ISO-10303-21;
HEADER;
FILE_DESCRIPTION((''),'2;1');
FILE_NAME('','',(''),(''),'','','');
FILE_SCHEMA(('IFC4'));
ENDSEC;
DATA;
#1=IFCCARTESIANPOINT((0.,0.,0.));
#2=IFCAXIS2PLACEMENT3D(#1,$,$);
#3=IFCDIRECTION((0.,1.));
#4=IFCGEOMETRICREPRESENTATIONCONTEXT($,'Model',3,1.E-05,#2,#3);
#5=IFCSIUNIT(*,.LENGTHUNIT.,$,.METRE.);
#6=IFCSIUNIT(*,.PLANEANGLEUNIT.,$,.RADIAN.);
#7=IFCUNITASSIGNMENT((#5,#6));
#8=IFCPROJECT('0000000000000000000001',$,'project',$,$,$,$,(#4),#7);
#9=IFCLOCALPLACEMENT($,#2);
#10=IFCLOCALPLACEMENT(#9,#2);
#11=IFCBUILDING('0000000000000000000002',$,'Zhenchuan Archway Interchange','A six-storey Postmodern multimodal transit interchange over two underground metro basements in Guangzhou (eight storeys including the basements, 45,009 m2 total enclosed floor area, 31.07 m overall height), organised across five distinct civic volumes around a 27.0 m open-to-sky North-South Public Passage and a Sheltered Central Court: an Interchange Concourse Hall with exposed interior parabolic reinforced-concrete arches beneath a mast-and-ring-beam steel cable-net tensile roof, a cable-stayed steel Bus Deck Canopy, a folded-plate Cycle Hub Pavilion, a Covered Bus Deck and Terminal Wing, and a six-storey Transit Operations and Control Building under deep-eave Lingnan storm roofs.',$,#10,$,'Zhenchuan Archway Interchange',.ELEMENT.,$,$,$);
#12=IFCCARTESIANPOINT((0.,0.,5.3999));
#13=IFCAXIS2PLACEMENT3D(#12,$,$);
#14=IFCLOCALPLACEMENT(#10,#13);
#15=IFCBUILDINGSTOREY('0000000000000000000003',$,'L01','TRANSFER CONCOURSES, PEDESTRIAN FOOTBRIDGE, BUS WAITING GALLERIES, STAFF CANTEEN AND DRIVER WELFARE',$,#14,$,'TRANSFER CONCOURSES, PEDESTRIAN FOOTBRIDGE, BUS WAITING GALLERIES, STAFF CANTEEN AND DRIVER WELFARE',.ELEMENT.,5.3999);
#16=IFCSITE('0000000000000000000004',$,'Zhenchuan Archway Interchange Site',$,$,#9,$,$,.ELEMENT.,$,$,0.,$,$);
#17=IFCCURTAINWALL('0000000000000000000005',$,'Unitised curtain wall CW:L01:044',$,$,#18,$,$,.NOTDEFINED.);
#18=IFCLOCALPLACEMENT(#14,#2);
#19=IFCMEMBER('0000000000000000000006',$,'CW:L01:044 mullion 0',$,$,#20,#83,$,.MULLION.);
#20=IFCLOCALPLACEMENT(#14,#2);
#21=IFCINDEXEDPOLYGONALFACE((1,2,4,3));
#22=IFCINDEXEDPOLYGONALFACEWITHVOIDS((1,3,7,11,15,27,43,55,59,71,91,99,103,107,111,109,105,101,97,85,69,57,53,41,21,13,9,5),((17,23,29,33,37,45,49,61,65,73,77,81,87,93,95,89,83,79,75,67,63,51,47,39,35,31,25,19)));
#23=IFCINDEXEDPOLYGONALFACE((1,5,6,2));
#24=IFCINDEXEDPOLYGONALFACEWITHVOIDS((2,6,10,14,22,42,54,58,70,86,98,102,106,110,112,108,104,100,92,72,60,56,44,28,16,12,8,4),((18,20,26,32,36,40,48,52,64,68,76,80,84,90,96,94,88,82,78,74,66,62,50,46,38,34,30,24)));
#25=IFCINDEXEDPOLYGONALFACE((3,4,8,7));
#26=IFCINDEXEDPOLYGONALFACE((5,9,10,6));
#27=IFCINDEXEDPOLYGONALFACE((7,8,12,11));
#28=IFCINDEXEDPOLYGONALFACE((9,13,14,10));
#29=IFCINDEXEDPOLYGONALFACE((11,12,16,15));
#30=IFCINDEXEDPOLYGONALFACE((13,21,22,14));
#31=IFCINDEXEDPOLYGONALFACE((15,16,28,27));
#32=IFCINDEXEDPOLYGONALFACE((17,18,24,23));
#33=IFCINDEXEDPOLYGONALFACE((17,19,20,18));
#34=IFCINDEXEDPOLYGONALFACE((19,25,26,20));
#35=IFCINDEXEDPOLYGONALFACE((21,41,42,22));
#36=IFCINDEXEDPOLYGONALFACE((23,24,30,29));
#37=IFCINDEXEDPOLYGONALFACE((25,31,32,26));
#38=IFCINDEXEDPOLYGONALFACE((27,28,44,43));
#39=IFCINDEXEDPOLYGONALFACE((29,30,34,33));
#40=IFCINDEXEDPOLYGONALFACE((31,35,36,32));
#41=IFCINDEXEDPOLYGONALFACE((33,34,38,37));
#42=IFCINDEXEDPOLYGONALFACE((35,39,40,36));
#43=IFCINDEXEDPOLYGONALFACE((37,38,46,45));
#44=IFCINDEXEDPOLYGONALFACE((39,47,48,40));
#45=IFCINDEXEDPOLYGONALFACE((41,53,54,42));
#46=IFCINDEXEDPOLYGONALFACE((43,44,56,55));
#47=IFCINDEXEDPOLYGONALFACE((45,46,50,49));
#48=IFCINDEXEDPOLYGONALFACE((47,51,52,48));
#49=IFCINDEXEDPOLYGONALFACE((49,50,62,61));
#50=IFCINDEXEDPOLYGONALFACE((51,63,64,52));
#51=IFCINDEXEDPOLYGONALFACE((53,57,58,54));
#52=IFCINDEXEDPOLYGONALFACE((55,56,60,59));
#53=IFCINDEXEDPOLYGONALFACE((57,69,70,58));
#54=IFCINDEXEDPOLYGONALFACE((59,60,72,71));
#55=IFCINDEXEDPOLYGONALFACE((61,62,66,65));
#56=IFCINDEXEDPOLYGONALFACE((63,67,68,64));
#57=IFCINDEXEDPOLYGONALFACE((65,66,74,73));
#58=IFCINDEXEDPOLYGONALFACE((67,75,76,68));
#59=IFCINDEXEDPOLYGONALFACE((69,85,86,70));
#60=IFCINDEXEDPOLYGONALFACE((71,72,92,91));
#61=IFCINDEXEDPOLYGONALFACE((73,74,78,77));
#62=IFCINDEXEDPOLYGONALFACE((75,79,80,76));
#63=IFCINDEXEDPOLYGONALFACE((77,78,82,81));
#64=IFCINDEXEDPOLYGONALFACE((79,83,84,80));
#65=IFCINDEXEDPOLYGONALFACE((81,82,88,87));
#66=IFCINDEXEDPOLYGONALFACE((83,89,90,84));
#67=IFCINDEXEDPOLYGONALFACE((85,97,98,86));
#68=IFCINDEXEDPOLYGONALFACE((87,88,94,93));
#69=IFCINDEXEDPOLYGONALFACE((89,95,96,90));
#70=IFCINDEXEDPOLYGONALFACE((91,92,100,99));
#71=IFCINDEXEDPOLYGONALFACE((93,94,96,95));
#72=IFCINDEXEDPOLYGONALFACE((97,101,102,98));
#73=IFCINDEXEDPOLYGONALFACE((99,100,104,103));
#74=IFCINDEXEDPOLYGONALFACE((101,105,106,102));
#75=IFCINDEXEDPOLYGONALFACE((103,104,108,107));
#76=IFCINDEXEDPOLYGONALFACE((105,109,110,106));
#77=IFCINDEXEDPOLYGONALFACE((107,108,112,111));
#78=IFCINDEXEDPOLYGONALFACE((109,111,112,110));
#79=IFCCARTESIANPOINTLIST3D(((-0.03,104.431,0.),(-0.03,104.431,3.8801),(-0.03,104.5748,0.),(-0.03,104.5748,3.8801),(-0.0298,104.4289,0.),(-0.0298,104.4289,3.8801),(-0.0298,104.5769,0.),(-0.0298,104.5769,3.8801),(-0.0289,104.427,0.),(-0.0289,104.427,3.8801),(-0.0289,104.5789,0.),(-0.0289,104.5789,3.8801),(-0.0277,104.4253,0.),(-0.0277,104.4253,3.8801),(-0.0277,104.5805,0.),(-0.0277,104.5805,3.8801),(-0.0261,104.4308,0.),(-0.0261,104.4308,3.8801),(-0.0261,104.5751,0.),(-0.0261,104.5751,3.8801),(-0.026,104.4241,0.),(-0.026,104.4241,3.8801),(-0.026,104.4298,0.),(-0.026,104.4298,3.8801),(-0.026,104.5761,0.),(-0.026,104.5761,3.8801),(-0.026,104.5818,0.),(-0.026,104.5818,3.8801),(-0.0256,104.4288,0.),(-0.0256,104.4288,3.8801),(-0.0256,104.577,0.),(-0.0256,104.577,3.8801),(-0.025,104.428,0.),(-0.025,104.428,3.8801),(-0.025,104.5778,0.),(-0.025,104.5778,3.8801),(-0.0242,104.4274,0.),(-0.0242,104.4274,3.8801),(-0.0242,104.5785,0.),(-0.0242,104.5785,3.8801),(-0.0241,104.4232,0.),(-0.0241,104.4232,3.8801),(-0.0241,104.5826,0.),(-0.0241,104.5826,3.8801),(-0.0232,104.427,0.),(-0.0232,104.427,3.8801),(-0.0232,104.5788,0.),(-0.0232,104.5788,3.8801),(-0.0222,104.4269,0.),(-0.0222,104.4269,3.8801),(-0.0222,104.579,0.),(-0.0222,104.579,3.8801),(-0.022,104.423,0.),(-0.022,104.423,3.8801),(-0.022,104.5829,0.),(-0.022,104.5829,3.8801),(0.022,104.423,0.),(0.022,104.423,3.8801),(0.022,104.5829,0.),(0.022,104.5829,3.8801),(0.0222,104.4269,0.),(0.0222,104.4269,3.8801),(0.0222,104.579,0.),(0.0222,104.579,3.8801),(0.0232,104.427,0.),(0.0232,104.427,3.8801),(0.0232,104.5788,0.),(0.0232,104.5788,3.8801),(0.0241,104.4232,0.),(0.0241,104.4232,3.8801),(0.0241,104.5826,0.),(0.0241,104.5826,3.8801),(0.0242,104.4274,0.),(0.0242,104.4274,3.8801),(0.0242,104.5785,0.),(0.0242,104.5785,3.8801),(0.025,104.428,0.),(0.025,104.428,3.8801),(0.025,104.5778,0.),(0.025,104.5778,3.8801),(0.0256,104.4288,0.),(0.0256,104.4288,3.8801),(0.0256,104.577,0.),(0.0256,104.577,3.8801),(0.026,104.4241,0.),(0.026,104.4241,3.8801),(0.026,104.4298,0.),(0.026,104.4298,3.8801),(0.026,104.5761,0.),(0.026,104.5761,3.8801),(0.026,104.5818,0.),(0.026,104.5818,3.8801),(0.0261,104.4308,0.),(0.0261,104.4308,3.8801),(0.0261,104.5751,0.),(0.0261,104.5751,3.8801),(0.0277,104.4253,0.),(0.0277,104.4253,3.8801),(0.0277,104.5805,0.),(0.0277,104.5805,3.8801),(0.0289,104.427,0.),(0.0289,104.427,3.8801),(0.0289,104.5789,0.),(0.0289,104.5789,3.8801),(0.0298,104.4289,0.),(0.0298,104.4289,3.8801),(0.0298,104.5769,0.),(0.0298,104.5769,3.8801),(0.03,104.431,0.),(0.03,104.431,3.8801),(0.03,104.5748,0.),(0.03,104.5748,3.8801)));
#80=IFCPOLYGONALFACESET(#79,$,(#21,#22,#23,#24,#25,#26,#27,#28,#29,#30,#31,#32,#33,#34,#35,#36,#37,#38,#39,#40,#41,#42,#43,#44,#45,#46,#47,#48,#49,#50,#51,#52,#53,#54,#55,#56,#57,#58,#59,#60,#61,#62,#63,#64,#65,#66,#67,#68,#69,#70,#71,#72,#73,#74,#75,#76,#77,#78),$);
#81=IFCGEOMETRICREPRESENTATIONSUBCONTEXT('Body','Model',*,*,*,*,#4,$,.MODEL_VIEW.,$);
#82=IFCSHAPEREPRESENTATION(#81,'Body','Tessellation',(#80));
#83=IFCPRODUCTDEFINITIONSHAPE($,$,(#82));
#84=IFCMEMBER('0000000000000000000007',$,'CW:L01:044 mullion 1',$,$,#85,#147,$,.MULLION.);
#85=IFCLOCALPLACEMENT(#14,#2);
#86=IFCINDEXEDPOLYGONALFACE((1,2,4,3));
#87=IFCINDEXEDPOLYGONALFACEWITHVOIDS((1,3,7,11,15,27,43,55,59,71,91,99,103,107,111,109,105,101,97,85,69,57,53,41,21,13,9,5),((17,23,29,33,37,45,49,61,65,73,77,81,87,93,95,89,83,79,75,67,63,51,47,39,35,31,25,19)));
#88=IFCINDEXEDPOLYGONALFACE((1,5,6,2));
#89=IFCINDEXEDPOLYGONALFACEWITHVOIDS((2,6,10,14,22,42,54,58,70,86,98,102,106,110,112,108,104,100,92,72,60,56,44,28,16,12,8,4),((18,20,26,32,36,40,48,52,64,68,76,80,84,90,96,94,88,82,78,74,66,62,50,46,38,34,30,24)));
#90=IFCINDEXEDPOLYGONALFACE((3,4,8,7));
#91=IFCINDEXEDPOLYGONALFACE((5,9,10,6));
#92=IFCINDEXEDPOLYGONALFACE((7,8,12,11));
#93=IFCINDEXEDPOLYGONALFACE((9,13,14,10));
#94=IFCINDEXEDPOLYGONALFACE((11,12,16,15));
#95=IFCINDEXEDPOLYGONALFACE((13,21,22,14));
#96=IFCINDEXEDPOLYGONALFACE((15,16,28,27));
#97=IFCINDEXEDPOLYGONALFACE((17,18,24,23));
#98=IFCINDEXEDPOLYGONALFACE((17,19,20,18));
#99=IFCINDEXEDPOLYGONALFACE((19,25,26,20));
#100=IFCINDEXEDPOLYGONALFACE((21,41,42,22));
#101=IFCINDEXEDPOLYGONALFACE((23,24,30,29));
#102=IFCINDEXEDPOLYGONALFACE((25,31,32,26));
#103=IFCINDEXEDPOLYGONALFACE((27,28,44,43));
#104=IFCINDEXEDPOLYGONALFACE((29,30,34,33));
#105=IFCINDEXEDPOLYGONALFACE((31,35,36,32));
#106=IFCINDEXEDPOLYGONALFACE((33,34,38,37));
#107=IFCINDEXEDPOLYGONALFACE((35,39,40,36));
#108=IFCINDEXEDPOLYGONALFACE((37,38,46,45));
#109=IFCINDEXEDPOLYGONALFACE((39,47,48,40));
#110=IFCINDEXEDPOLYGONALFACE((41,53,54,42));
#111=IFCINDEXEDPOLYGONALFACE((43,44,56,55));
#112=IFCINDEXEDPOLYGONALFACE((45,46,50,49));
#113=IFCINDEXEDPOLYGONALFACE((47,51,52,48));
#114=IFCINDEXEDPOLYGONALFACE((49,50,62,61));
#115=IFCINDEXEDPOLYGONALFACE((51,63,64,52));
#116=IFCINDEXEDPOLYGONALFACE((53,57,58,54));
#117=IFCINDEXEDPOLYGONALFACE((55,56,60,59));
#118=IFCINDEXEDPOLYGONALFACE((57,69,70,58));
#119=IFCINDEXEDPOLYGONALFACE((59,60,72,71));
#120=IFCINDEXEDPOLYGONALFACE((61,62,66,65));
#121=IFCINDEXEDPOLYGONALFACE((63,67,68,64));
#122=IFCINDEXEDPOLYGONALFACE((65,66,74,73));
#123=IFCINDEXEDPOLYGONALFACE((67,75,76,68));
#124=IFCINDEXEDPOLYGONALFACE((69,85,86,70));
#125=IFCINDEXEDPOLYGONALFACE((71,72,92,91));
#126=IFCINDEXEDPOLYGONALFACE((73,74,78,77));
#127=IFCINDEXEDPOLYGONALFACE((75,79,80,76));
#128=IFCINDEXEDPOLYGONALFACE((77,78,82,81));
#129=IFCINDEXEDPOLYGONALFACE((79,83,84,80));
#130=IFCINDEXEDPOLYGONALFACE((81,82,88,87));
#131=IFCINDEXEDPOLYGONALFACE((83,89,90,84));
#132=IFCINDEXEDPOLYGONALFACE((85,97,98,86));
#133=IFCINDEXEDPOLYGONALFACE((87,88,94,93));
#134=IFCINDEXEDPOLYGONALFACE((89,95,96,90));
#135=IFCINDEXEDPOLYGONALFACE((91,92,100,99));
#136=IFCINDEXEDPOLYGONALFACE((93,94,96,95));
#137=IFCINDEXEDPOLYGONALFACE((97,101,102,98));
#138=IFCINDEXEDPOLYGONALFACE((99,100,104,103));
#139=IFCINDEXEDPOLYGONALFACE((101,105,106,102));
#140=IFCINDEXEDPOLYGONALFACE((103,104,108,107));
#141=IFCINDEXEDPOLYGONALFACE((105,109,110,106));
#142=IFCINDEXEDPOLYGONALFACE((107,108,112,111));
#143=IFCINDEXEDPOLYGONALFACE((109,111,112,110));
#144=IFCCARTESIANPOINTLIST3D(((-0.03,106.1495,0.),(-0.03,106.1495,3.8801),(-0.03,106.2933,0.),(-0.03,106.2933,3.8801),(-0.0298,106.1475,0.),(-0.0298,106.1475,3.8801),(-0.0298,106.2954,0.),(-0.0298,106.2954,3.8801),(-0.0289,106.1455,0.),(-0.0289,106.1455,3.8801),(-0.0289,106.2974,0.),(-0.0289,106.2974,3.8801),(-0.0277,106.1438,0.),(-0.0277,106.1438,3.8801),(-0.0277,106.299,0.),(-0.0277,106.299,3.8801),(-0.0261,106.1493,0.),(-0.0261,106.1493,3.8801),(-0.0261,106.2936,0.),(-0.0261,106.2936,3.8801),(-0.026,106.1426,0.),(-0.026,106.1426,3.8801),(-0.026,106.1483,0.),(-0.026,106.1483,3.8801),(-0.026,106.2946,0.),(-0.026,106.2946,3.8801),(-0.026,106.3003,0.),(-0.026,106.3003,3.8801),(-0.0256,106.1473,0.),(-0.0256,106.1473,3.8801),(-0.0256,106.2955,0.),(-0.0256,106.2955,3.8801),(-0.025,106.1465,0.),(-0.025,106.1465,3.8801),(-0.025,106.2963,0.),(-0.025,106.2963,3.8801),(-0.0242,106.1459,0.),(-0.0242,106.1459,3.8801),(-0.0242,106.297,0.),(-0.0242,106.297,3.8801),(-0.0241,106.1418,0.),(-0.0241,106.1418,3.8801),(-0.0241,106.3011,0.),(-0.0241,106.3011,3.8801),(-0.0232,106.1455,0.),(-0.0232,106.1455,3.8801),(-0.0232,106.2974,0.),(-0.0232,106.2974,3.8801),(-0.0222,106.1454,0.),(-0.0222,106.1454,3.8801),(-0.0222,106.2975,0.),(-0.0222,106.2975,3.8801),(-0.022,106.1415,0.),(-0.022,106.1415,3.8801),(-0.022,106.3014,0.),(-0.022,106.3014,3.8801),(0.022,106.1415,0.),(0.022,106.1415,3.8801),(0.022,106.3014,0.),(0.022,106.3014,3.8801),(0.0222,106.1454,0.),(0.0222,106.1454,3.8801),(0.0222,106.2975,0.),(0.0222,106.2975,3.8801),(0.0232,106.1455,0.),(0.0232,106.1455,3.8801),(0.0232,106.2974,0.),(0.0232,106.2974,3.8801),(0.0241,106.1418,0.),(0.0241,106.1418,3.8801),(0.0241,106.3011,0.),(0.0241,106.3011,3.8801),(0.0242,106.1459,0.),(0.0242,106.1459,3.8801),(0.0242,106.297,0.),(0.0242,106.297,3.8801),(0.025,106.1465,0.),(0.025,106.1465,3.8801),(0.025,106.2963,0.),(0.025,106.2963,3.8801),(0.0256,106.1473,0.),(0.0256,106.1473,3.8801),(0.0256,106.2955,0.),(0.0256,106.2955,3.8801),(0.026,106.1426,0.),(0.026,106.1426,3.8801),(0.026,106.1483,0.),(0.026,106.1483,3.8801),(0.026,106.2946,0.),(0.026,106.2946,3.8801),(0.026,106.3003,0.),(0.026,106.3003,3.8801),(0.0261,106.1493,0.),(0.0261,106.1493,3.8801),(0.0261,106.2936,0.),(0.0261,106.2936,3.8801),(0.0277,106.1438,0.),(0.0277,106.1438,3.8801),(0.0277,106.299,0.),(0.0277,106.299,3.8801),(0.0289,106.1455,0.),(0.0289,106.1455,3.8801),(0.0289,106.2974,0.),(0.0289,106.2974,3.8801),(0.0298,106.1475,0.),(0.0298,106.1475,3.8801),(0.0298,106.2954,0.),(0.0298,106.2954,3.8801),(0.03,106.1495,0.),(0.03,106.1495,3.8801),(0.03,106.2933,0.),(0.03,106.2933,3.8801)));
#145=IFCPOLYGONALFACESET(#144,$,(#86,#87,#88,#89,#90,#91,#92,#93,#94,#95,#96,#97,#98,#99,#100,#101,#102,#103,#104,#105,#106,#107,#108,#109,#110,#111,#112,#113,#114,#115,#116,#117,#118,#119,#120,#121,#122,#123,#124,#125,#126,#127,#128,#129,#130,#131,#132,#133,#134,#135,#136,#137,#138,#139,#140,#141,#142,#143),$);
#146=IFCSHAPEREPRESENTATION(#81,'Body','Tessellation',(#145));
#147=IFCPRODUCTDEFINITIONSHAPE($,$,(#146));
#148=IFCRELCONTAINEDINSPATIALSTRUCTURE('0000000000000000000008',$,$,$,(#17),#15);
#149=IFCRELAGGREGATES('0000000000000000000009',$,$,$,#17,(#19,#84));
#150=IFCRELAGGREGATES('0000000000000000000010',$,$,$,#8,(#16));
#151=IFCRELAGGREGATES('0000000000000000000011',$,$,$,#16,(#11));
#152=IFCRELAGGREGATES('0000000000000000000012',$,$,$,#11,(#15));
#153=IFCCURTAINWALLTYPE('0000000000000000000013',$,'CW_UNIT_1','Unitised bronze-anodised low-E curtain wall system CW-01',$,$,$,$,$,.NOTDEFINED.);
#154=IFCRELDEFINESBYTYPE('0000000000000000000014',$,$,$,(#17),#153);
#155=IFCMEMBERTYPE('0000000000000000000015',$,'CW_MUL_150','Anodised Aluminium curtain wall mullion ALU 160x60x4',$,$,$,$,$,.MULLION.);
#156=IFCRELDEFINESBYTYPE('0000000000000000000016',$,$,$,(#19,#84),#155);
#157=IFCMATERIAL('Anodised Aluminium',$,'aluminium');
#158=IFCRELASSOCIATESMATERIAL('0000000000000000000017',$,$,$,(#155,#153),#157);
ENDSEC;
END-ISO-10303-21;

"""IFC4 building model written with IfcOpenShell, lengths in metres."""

from ifc_helpers import new_model, si_unit, direction, frame, origin, origin_2d, place, context, subcontext, project, spatial, hollow_rectangle, extrude, material, material_profile, profile_set, type_object, element, aggregate, save


model = new_model("IFC4")

# Units and contexts
model_context = context("Model", 3, precision=1e-05, world=origin(), true_north=direction((0.0, 1.0)))
body_context = subcontext(model_context, "Body", "Model", "MODEL_VIEW")
ifc_project = project(units=[si_unit("LENGTHUNIT", "METRE"), si_unit("PLANEANGLEUNIT", "RADIAN")], contexts=[model_context])

# Site, building, storey
site_placement = place(None, origin())
site = spatial("IfcSite", under=ifc_project, at=site_placement, Name="Zhenchuan Archway Interchange Site", CompositionType="ELEMENT", RefElevation=0.0)
building_placement = place(site_placement, origin())
building = spatial("IfcBuilding", under=site, at=building_placement, Name="Zhenchuan Archway Interchange", Description="A six-storey Postmodern multimodal transit interchange over two underground metro basements in Guangzhou (eight storeys including the basements, 45,009 m2 total enclosed floor area, 31.07 m overall height), organised across five distinct civic volumes around a 27.0 m open-to-sky North-South Public Passage and a Sheltered Central Court: an Interchange Concourse Hall with exposed interior parabolic reinforced-concrete arches beneath a mast-and-ring-beam steel cable-net tensile roof, a cable-stayed steel Bus Deck Canopy, a folded-plate Cycle Hub Pavilion, a Covered Bus Deck and Terminal Wing, and a six-storey Transit Operations and Control Building under deep-eave Lingnan storm roofs.", LongName="Zhenchuan Archway Interchange", CompositionType="ELEMENT")
storey_placement = place(building_placement, frame((0.0, 0.0, 5.3999)))
storey = spatial("IfcBuildingStorey", under=building, at=storey_placement, Name="L01", Description="TRANSFER CONCOURSES, PEDESTRIAN FOOTBRIDGE, BUS WAITING GALLERIES, STAFF CANTEEN AND DRIVER WELFARE", LongName="TRANSFER CONCOURSES, PEDESTRIAN FOOTBRIDGE, BUS WAITING GALLERIES, STAFF CANTEEN AND DRIVER WELFARE", CompositionType="ELEMENT", Elevation=5.3999)

# Shared definitions
ifc_material_1 = material(Name="Anodised Aluminium", Category="aluminium")
ifc_material_profile_1 = material_profile(ifc_material_1, hollow_rectangle(XDim=0.0601, YDim=0.1599, WallThickness=0.0039, InnerFilletRadius=0.0039, OuterFilletRadius=0.0081, at=origin_2d()), Name="ALU 160x60x4")
ifc_profile_set_1 = profile_set([ifc_material_profile_1], Name="Anodised Aluminium")
member_type_1 = type_object("IfcMemberType", Name="CW_MUL_150", Description="Anodised Aluminium curtain wall mullion ALU 160x60x4", PredefinedType="MULLION", material=ifc_profile_set_1)

# Curtain wall, members
curtain_wall_type_1 = type_object("IfcCurtainWallType", Name="CW_UNIT_1", Description="Unitised bronze-anodised low-E curtain wall system CW-01", PredefinedType="NOTDEFINED", material=ifc_material_1)
curtain_wall_1_placement = place(storey_placement, origin())
curtain_wall_1 = element("IfcCurtainWall", 1, at=curtain_wall_1_placement, inside=storey, type_object=curtain_wall_type_1, Name="Unitised curtain wall CW:L01:044", PredefinedType="NOTDEFINED")
member_1_placement = place(storey_placement, frame((0.0, 104.5029, 0.0), z_axis=(0.0, 0.0, 1.0), x_axis=(1.0, 0.0, 0.0)))
member_1 = element("IfcMember", 2, at=member_1_placement, type_object=member_type_1, Name="CW:L01:044 mullion 0", PredefinedType="MULLION", context=body_context, shape_type="SweptSolid", body=[
    extrude(hollow_rectangle(XDim=0.0601, YDim=0.1599, WallThickness=0.0039, InnerFilletRadius=0.0039, OuterFilletRadius=0.0081, at=origin_2d()), origin(), (0.0, 0.0, 1.0), 3.8801),
])
member_2_placement = place(storey_placement, frame((0.0, 106.2214, 0.0), z_axis=(0.0, 0.0, 1.0), x_axis=(1.0, 0.0, 0.0)))
member_2 = element("IfcMember", 3, at=member_2_placement, type_object=member_type_1, Name="CW:L01:044 mullion 1", PredefinedType="MULLION", context=body_context, shape_type="SweptSolid", body=[
    extrude(hollow_rectangle(XDim=0.0601, YDim=0.1599, WallThickness=0.0039, InnerFilletRadius=0.0039, OuterFilletRadius=0.0081, at=origin_2d()), origin(), (0.0, 0.0, 1.0), 3.8801),
])

aggregate(curtain_wall_1, [member_1, member_2])

save(model, "model.ifc")
